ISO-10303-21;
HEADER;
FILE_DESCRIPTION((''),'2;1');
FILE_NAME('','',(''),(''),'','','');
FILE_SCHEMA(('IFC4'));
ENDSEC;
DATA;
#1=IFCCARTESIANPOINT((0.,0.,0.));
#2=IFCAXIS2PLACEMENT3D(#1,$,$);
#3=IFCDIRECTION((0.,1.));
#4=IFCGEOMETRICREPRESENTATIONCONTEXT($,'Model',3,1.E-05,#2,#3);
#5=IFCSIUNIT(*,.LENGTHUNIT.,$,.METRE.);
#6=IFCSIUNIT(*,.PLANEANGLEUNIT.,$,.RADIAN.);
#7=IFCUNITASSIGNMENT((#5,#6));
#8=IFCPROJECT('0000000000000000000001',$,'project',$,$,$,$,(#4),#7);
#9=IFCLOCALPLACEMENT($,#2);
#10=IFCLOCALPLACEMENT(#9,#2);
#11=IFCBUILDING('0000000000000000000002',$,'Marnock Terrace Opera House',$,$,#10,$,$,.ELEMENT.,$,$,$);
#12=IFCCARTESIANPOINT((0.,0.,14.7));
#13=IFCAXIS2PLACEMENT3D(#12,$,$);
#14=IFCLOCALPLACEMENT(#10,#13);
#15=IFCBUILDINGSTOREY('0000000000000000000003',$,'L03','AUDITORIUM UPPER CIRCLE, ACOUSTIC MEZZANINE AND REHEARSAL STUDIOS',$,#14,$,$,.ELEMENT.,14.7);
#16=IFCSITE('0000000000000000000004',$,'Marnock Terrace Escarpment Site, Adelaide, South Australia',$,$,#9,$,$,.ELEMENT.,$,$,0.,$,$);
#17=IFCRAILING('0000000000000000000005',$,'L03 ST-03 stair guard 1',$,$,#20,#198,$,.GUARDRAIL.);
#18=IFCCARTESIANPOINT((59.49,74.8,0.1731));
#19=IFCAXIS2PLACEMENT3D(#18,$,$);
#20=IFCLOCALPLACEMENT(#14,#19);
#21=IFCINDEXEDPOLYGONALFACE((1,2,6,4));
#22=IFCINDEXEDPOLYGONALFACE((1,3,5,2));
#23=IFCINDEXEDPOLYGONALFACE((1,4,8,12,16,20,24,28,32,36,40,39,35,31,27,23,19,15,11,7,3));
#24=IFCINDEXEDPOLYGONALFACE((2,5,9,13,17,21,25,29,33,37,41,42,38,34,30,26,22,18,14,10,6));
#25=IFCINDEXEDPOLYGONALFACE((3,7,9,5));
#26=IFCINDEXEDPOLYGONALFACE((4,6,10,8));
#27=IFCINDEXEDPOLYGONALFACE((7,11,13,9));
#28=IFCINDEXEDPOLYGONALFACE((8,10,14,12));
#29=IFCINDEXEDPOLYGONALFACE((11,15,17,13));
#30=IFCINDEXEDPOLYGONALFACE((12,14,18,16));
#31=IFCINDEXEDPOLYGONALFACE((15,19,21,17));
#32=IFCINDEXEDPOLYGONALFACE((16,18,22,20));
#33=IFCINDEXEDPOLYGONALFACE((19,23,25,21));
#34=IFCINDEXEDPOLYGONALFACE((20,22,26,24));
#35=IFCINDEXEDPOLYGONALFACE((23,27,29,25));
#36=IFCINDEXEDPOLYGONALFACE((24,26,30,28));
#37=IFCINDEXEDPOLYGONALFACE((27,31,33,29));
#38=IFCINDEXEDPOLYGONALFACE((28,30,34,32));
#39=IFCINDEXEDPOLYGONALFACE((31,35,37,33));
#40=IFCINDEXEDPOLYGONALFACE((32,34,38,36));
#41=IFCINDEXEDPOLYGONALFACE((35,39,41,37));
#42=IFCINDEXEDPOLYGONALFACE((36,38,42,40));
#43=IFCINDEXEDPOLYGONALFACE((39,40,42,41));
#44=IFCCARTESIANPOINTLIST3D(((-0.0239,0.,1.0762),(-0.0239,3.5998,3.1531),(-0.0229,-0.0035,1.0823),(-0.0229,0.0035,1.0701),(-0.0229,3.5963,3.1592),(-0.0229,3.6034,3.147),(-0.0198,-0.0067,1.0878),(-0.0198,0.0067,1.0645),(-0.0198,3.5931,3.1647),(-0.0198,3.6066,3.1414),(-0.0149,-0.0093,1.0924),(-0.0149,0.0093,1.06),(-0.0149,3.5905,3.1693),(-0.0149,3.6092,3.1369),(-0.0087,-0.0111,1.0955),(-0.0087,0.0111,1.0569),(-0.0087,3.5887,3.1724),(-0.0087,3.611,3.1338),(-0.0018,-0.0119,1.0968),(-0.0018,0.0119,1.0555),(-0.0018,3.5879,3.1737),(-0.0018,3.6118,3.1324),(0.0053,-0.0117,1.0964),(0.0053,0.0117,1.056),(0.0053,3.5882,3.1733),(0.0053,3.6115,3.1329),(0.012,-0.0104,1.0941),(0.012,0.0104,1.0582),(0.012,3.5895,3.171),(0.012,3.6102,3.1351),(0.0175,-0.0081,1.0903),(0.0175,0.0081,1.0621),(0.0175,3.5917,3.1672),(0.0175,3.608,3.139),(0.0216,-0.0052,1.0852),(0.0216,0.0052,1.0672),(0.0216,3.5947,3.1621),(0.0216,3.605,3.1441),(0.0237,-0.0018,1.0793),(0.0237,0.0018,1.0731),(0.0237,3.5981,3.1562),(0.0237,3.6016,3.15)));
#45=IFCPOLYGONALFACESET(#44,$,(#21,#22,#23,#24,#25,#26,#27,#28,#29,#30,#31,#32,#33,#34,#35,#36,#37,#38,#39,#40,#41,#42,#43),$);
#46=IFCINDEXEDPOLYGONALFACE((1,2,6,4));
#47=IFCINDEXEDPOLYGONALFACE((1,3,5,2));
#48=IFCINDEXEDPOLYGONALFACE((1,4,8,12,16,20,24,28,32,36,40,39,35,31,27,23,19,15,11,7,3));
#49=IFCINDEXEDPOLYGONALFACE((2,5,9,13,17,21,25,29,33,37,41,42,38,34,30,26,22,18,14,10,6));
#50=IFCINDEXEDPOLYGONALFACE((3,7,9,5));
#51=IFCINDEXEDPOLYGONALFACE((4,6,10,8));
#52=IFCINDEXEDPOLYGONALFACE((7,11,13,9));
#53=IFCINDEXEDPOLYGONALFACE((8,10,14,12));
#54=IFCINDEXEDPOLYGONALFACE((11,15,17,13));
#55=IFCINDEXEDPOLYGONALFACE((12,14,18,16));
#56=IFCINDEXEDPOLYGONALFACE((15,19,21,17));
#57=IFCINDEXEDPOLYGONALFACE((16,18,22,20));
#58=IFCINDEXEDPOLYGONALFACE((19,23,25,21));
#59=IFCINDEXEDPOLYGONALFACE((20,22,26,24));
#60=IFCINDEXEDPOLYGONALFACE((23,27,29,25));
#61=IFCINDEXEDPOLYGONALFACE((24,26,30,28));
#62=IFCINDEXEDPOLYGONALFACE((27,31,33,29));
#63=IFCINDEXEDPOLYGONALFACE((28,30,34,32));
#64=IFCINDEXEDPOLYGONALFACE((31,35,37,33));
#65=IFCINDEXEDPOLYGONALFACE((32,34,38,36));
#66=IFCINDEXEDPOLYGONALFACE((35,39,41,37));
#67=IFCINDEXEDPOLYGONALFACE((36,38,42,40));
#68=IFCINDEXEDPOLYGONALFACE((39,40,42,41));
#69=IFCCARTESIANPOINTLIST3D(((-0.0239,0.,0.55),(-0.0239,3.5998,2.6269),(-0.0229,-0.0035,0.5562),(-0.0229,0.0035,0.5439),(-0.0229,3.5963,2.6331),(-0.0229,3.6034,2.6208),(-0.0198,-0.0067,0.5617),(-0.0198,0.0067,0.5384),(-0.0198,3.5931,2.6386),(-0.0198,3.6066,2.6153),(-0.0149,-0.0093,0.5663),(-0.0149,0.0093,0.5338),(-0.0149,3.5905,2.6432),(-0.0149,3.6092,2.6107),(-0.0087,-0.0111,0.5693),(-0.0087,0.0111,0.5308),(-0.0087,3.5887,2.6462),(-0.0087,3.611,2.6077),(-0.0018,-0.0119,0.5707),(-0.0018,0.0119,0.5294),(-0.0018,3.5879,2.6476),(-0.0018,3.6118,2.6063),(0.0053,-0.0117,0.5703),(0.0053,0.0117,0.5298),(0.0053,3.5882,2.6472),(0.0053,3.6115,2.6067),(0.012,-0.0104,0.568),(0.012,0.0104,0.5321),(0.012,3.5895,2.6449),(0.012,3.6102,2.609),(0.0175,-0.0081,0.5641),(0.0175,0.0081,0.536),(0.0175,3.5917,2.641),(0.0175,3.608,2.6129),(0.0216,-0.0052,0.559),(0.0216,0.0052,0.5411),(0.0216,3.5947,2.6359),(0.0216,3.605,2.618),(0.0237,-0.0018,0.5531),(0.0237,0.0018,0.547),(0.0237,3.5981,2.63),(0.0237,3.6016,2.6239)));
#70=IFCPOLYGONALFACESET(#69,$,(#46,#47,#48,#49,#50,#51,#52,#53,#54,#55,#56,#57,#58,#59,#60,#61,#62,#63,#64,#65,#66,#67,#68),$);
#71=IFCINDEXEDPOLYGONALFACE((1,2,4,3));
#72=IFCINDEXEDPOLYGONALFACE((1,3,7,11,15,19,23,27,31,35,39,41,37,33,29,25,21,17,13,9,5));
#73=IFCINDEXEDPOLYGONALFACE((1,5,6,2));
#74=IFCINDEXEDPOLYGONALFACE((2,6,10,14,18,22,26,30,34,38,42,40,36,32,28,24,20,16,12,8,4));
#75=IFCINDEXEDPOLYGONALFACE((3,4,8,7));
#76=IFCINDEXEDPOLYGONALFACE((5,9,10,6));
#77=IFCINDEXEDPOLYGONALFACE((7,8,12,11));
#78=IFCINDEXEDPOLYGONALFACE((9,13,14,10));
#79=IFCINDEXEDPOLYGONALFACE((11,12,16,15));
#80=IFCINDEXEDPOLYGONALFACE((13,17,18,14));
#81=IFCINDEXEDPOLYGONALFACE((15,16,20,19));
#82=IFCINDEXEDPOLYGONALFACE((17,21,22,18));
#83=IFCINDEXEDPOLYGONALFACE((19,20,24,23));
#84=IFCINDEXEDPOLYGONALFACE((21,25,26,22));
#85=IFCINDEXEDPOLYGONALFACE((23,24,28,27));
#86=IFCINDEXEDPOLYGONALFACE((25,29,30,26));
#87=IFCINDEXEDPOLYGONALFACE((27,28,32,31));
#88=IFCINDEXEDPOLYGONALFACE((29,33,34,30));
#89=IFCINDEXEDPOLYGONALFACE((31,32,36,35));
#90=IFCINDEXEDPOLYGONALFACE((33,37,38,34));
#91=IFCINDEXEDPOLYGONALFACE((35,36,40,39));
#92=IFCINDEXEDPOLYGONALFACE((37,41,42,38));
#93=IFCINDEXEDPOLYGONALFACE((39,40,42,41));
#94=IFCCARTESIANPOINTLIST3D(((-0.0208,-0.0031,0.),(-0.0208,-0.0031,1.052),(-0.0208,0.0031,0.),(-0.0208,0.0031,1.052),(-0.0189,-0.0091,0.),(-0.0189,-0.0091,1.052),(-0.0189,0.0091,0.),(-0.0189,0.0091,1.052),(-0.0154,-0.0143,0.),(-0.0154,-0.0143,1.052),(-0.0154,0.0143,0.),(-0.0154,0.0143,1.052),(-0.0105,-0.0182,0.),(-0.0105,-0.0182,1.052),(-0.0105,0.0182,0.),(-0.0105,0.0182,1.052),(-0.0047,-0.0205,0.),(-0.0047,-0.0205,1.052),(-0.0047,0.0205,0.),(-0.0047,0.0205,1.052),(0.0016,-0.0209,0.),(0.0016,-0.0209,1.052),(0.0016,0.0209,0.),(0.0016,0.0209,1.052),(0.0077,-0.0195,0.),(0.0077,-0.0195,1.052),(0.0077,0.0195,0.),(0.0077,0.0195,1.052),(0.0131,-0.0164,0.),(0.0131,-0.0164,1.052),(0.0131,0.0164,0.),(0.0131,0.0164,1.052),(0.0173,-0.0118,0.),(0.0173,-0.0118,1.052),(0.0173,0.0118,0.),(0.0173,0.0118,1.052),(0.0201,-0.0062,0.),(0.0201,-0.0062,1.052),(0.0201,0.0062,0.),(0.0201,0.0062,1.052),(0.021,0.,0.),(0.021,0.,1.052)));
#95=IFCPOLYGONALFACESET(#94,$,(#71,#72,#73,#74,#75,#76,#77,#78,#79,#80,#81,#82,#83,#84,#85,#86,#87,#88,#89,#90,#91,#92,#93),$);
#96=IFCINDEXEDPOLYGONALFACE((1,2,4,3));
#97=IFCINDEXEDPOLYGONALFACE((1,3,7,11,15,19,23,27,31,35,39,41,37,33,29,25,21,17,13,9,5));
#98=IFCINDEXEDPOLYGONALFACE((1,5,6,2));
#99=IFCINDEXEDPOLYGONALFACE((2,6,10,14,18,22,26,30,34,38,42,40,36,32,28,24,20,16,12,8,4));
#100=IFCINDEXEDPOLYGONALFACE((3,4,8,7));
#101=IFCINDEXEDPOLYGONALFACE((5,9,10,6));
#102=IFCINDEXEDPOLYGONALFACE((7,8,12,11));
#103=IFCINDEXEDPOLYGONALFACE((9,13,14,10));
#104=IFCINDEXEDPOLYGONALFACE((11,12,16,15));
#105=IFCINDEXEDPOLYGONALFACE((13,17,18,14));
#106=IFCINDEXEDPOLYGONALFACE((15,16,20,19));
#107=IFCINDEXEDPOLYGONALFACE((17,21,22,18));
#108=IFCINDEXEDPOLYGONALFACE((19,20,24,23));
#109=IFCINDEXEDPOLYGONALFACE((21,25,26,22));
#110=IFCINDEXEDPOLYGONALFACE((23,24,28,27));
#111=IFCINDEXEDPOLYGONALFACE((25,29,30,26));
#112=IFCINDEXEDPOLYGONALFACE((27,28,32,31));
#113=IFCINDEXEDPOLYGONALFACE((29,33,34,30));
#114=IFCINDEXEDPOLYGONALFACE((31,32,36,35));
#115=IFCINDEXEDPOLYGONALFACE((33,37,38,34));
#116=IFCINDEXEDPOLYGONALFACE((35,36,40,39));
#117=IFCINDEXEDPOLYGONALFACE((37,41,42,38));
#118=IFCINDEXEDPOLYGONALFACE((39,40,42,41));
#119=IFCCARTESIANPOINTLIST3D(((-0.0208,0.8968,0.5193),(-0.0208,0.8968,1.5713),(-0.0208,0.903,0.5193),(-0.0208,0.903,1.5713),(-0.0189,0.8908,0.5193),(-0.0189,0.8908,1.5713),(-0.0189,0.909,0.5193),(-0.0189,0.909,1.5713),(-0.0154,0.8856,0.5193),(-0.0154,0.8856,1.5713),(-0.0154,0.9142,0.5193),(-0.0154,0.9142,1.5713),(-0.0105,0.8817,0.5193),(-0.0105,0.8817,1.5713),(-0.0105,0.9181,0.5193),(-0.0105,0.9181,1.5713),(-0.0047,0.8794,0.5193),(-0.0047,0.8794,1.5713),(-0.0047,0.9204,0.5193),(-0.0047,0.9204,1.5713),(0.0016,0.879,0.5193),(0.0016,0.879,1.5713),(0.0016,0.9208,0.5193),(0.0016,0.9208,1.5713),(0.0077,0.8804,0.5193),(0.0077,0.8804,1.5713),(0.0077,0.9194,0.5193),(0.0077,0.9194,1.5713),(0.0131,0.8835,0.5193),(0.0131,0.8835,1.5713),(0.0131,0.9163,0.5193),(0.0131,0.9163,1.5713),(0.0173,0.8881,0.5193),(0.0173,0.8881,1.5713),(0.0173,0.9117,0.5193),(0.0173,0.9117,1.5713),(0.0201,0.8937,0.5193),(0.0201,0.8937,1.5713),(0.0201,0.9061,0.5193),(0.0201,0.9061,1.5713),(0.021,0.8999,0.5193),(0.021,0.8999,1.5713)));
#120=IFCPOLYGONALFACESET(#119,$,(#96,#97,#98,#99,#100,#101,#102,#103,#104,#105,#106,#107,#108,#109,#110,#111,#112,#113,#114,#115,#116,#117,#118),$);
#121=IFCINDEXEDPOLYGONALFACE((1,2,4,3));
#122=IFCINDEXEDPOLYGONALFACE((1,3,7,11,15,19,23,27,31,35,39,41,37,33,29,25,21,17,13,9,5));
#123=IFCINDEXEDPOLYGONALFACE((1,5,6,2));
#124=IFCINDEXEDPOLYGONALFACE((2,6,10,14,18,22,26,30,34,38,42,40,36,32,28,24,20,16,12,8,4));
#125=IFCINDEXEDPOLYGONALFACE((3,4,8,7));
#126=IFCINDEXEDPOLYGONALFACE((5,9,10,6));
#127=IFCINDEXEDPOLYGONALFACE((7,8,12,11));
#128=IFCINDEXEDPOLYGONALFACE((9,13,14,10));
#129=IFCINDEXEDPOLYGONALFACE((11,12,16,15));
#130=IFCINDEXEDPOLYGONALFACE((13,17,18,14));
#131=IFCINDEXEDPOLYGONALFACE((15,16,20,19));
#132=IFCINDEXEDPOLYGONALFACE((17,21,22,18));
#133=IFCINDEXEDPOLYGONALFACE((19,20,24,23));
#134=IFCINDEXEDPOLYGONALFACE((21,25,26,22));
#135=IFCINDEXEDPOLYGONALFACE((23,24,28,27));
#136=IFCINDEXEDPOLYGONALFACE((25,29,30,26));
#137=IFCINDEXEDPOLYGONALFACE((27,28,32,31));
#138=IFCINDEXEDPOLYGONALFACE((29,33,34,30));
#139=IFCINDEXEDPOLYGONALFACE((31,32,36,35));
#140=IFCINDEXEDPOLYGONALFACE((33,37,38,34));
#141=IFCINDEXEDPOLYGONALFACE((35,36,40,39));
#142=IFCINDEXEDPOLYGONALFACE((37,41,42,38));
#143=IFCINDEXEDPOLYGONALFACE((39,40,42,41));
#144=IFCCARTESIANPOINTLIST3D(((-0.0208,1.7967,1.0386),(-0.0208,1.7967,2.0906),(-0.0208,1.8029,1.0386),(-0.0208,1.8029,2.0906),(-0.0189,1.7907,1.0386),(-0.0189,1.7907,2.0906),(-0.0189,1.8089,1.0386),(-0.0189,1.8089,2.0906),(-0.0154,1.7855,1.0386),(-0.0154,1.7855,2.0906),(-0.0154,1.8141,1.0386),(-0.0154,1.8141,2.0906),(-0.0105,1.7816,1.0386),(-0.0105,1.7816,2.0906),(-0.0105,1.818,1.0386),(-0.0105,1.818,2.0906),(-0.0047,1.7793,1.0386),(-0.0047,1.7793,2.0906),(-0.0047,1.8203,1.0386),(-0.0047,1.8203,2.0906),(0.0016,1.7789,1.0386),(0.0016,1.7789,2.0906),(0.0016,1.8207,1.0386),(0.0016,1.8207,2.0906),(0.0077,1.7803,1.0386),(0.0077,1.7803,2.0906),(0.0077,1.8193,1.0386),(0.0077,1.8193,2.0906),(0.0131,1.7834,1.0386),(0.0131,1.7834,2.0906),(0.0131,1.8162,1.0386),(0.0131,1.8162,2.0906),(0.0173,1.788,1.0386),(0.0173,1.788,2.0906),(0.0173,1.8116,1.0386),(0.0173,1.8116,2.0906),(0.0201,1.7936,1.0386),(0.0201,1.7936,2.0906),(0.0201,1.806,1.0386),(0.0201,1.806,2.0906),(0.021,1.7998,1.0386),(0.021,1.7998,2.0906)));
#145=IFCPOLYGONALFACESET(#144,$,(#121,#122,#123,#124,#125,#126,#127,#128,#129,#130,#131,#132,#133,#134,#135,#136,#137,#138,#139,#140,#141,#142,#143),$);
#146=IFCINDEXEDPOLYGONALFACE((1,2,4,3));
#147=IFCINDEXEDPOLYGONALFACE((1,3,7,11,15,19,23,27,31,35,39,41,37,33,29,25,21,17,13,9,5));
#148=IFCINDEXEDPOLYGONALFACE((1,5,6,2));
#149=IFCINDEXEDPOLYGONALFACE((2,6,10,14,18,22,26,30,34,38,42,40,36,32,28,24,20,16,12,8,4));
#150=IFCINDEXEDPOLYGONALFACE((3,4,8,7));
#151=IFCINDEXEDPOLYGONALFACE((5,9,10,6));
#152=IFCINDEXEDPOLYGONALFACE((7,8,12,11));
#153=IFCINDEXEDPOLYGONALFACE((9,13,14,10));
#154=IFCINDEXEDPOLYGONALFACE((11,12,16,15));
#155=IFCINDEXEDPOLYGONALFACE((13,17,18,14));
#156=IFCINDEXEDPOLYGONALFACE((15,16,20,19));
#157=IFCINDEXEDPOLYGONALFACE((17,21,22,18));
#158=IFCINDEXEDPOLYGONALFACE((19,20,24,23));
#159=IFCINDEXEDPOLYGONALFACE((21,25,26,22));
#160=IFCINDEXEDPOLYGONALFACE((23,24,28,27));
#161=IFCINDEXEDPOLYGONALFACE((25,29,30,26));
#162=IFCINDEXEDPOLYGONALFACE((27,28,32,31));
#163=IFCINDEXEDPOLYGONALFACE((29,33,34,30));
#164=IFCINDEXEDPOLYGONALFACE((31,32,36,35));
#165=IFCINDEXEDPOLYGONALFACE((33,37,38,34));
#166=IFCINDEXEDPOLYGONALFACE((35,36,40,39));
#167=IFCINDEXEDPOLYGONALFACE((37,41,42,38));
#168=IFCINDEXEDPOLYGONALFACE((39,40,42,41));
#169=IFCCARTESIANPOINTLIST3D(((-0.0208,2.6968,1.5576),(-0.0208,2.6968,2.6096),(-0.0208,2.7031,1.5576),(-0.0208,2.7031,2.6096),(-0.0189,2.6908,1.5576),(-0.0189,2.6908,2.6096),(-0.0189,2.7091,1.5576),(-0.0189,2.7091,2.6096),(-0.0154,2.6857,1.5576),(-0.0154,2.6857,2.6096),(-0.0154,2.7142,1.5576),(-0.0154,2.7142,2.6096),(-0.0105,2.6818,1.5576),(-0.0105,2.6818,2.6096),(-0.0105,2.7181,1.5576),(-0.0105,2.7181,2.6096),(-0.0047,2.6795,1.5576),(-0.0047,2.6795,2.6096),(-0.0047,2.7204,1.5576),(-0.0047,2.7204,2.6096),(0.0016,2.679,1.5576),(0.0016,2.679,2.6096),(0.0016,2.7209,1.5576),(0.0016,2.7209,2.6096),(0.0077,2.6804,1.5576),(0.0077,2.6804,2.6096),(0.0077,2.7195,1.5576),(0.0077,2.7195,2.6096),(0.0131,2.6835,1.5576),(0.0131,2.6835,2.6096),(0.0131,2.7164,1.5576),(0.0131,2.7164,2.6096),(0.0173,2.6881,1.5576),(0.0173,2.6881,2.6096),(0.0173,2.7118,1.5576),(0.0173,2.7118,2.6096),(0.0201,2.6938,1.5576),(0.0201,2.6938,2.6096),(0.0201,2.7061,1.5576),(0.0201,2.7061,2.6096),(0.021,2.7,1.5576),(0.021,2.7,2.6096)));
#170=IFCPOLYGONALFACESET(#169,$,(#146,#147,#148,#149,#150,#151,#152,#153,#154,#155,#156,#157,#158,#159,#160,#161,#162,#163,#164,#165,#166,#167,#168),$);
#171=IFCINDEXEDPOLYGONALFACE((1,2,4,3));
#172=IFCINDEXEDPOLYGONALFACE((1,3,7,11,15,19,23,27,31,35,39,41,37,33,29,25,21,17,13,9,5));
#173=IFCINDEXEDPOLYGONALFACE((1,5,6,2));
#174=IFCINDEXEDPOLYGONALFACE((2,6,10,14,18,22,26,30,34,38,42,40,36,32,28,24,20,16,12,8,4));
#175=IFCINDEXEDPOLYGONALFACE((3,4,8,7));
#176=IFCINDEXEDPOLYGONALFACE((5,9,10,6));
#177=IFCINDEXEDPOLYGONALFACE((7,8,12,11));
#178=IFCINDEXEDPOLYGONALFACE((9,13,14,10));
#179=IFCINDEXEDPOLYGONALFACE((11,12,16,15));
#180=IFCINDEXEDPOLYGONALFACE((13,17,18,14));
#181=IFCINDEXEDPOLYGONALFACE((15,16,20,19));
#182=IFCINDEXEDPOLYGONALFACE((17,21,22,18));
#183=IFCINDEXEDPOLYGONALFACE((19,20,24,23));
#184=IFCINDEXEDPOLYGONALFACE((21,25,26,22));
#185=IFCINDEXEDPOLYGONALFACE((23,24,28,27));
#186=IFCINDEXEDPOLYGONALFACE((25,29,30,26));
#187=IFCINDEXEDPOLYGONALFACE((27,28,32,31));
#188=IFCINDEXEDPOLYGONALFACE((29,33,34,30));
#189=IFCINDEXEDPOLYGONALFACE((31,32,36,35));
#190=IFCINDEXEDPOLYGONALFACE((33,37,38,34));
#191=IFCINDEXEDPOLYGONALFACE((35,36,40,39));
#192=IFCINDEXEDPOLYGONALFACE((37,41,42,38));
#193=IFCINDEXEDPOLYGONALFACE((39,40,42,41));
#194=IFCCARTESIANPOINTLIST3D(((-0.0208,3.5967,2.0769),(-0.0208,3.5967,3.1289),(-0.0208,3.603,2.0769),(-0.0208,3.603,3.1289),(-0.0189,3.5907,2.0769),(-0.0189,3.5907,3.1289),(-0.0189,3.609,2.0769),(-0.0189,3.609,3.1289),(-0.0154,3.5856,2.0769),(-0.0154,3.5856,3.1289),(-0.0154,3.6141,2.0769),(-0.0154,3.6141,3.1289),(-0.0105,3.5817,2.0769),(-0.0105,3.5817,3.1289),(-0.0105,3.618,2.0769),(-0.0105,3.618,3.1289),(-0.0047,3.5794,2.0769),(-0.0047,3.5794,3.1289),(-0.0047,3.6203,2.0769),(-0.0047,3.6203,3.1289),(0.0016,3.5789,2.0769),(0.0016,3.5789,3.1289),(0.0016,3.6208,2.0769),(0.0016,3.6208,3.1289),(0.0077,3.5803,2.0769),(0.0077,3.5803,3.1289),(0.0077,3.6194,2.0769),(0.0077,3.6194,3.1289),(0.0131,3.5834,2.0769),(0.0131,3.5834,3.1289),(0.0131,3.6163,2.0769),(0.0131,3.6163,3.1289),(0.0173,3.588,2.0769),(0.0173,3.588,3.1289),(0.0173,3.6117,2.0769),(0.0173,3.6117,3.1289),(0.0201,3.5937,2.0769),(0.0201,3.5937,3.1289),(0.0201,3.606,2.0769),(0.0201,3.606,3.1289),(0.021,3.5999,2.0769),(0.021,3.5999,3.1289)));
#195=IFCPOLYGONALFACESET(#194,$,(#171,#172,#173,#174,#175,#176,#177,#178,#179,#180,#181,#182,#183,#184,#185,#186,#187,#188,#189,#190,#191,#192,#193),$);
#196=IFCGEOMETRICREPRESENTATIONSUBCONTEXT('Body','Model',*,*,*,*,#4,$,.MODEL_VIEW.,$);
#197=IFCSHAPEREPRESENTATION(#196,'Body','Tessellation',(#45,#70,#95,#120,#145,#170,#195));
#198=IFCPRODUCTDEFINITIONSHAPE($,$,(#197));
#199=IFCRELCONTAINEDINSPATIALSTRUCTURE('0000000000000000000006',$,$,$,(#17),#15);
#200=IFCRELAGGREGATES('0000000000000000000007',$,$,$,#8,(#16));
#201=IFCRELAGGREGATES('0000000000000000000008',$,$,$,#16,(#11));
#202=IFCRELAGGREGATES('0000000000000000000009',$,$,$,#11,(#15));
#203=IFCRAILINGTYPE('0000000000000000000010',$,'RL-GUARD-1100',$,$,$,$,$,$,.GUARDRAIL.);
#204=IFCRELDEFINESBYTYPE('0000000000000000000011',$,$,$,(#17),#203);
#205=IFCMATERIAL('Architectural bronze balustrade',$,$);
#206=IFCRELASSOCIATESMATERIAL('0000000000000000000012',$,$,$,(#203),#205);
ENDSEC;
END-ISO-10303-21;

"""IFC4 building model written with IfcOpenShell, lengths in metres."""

from ifc_helpers import new_model, si_unit, direction, frame, origin, origin_2d, place, context, subcontext, project, spatial, circle, extrude, material, type_object, element, save


model = new_model("IFC4")

# Units and contexts
model_context = context("Model", 3, precision=1e-05, world=origin(), true_north=direction((0.0, 1.0)))
body_context = subcontext(model_context, "Body", "Model", "MODEL_VIEW")
ifc_project = project(units=[si_unit("LENGTHUNIT", "METRE"), si_unit("PLANEANGLEUNIT", "RADIAN")], contexts=[model_context])

# Site, building, storey
site_placement = place(None, origin())
site = spatial("IfcSite", under=ifc_project, at=site_placement, Name="Marnock Terrace Escarpment Site, Adelaide, South Australia", CompositionType="ELEMENT", RefElevation=0.0)
building_placement = place(site_placement, origin())
building = spatial("IfcBuilding", under=site, at=building_placement, Name="Marnock Terrace Opera House", CompositionType="ELEMENT")
storey_placement = place(building_placement, frame((0.0, 0.0, 14.7)))
storey = spatial("IfcBuildingStorey", under=building, at=storey_placement, Name="L03", Description="AUDITORIUM UPPER CIRCLE, ACOUSTIC MEZZANINE AND REHEARSAL STUDIOS", CompositionType="ELEMENT", Elevation=14.7)

# Railing
ifc_material_1 = material(Name="Architectural bronze balustrade")
railing_type_1 = type_object("IfcRailingType", Name="RL-GUARD-1100", PredefinedType="GUARDRAIL", material=ifc_material_1)
railing_1_placement = place(storey_placement, frame((59.49, 74.8, 0.1731)))
element("IfcRailing", 1, at=railing_1_placement, inside=storey, type_object=railing_type_1, Name="L03 ST-03 stair guard 1", PredefinedType="GUARDRAIL", context=body_context, shape_type="SweptSolid", body=[
    extrude(circle(Radius=0.0239, at=origin_2d()), frame((0.0, 0.0, 1.0762), z_axis=(0.0, 0.866179, 0.499734), x_axis=(-1.0, 0.0, 0.0)), (0.0, 0.0, 1.0), 4.156),
    extrude(circle(Radius=0.0239, at=origin_2d()), frame((0.0, 0.0, 0.55), z_axis=(0.0, 0.866179, 0.499734), x_axis=(-1.0, 0.0, 0.0)), (0.0, 0.0, 1.0), 4.156),
    extrude(circle(Radius=0.021, at=origin_2d()), origin(), (0.0, 0.0, 1.0), 1.052),
    extrude(circle(Radius=0.021, at=origin_2d()), frame((0.0, 0.8999, 0.5193)), (0.0, 0.0, 1.0), 1.052),
    extrude(circle(Radius=0.021, at=origin_2d()), frame((0.0, 1.7998, 1.0386)), (0.0, 0.0, 1.0), 1.052),
    extrude(circle(Radius=0.021, at=origin_2d()), frame((0.0, 2.7, 1.5576)), (0.0, 0.0, 1.0), 1.052),
    extrude(circle(Radius=0.021, at=origin_2d()), frame((0.0, 3.5999, 2.0769)), (0.0, 0.0, 1.0), 1.052),
])

save(model, "model.ifc")
